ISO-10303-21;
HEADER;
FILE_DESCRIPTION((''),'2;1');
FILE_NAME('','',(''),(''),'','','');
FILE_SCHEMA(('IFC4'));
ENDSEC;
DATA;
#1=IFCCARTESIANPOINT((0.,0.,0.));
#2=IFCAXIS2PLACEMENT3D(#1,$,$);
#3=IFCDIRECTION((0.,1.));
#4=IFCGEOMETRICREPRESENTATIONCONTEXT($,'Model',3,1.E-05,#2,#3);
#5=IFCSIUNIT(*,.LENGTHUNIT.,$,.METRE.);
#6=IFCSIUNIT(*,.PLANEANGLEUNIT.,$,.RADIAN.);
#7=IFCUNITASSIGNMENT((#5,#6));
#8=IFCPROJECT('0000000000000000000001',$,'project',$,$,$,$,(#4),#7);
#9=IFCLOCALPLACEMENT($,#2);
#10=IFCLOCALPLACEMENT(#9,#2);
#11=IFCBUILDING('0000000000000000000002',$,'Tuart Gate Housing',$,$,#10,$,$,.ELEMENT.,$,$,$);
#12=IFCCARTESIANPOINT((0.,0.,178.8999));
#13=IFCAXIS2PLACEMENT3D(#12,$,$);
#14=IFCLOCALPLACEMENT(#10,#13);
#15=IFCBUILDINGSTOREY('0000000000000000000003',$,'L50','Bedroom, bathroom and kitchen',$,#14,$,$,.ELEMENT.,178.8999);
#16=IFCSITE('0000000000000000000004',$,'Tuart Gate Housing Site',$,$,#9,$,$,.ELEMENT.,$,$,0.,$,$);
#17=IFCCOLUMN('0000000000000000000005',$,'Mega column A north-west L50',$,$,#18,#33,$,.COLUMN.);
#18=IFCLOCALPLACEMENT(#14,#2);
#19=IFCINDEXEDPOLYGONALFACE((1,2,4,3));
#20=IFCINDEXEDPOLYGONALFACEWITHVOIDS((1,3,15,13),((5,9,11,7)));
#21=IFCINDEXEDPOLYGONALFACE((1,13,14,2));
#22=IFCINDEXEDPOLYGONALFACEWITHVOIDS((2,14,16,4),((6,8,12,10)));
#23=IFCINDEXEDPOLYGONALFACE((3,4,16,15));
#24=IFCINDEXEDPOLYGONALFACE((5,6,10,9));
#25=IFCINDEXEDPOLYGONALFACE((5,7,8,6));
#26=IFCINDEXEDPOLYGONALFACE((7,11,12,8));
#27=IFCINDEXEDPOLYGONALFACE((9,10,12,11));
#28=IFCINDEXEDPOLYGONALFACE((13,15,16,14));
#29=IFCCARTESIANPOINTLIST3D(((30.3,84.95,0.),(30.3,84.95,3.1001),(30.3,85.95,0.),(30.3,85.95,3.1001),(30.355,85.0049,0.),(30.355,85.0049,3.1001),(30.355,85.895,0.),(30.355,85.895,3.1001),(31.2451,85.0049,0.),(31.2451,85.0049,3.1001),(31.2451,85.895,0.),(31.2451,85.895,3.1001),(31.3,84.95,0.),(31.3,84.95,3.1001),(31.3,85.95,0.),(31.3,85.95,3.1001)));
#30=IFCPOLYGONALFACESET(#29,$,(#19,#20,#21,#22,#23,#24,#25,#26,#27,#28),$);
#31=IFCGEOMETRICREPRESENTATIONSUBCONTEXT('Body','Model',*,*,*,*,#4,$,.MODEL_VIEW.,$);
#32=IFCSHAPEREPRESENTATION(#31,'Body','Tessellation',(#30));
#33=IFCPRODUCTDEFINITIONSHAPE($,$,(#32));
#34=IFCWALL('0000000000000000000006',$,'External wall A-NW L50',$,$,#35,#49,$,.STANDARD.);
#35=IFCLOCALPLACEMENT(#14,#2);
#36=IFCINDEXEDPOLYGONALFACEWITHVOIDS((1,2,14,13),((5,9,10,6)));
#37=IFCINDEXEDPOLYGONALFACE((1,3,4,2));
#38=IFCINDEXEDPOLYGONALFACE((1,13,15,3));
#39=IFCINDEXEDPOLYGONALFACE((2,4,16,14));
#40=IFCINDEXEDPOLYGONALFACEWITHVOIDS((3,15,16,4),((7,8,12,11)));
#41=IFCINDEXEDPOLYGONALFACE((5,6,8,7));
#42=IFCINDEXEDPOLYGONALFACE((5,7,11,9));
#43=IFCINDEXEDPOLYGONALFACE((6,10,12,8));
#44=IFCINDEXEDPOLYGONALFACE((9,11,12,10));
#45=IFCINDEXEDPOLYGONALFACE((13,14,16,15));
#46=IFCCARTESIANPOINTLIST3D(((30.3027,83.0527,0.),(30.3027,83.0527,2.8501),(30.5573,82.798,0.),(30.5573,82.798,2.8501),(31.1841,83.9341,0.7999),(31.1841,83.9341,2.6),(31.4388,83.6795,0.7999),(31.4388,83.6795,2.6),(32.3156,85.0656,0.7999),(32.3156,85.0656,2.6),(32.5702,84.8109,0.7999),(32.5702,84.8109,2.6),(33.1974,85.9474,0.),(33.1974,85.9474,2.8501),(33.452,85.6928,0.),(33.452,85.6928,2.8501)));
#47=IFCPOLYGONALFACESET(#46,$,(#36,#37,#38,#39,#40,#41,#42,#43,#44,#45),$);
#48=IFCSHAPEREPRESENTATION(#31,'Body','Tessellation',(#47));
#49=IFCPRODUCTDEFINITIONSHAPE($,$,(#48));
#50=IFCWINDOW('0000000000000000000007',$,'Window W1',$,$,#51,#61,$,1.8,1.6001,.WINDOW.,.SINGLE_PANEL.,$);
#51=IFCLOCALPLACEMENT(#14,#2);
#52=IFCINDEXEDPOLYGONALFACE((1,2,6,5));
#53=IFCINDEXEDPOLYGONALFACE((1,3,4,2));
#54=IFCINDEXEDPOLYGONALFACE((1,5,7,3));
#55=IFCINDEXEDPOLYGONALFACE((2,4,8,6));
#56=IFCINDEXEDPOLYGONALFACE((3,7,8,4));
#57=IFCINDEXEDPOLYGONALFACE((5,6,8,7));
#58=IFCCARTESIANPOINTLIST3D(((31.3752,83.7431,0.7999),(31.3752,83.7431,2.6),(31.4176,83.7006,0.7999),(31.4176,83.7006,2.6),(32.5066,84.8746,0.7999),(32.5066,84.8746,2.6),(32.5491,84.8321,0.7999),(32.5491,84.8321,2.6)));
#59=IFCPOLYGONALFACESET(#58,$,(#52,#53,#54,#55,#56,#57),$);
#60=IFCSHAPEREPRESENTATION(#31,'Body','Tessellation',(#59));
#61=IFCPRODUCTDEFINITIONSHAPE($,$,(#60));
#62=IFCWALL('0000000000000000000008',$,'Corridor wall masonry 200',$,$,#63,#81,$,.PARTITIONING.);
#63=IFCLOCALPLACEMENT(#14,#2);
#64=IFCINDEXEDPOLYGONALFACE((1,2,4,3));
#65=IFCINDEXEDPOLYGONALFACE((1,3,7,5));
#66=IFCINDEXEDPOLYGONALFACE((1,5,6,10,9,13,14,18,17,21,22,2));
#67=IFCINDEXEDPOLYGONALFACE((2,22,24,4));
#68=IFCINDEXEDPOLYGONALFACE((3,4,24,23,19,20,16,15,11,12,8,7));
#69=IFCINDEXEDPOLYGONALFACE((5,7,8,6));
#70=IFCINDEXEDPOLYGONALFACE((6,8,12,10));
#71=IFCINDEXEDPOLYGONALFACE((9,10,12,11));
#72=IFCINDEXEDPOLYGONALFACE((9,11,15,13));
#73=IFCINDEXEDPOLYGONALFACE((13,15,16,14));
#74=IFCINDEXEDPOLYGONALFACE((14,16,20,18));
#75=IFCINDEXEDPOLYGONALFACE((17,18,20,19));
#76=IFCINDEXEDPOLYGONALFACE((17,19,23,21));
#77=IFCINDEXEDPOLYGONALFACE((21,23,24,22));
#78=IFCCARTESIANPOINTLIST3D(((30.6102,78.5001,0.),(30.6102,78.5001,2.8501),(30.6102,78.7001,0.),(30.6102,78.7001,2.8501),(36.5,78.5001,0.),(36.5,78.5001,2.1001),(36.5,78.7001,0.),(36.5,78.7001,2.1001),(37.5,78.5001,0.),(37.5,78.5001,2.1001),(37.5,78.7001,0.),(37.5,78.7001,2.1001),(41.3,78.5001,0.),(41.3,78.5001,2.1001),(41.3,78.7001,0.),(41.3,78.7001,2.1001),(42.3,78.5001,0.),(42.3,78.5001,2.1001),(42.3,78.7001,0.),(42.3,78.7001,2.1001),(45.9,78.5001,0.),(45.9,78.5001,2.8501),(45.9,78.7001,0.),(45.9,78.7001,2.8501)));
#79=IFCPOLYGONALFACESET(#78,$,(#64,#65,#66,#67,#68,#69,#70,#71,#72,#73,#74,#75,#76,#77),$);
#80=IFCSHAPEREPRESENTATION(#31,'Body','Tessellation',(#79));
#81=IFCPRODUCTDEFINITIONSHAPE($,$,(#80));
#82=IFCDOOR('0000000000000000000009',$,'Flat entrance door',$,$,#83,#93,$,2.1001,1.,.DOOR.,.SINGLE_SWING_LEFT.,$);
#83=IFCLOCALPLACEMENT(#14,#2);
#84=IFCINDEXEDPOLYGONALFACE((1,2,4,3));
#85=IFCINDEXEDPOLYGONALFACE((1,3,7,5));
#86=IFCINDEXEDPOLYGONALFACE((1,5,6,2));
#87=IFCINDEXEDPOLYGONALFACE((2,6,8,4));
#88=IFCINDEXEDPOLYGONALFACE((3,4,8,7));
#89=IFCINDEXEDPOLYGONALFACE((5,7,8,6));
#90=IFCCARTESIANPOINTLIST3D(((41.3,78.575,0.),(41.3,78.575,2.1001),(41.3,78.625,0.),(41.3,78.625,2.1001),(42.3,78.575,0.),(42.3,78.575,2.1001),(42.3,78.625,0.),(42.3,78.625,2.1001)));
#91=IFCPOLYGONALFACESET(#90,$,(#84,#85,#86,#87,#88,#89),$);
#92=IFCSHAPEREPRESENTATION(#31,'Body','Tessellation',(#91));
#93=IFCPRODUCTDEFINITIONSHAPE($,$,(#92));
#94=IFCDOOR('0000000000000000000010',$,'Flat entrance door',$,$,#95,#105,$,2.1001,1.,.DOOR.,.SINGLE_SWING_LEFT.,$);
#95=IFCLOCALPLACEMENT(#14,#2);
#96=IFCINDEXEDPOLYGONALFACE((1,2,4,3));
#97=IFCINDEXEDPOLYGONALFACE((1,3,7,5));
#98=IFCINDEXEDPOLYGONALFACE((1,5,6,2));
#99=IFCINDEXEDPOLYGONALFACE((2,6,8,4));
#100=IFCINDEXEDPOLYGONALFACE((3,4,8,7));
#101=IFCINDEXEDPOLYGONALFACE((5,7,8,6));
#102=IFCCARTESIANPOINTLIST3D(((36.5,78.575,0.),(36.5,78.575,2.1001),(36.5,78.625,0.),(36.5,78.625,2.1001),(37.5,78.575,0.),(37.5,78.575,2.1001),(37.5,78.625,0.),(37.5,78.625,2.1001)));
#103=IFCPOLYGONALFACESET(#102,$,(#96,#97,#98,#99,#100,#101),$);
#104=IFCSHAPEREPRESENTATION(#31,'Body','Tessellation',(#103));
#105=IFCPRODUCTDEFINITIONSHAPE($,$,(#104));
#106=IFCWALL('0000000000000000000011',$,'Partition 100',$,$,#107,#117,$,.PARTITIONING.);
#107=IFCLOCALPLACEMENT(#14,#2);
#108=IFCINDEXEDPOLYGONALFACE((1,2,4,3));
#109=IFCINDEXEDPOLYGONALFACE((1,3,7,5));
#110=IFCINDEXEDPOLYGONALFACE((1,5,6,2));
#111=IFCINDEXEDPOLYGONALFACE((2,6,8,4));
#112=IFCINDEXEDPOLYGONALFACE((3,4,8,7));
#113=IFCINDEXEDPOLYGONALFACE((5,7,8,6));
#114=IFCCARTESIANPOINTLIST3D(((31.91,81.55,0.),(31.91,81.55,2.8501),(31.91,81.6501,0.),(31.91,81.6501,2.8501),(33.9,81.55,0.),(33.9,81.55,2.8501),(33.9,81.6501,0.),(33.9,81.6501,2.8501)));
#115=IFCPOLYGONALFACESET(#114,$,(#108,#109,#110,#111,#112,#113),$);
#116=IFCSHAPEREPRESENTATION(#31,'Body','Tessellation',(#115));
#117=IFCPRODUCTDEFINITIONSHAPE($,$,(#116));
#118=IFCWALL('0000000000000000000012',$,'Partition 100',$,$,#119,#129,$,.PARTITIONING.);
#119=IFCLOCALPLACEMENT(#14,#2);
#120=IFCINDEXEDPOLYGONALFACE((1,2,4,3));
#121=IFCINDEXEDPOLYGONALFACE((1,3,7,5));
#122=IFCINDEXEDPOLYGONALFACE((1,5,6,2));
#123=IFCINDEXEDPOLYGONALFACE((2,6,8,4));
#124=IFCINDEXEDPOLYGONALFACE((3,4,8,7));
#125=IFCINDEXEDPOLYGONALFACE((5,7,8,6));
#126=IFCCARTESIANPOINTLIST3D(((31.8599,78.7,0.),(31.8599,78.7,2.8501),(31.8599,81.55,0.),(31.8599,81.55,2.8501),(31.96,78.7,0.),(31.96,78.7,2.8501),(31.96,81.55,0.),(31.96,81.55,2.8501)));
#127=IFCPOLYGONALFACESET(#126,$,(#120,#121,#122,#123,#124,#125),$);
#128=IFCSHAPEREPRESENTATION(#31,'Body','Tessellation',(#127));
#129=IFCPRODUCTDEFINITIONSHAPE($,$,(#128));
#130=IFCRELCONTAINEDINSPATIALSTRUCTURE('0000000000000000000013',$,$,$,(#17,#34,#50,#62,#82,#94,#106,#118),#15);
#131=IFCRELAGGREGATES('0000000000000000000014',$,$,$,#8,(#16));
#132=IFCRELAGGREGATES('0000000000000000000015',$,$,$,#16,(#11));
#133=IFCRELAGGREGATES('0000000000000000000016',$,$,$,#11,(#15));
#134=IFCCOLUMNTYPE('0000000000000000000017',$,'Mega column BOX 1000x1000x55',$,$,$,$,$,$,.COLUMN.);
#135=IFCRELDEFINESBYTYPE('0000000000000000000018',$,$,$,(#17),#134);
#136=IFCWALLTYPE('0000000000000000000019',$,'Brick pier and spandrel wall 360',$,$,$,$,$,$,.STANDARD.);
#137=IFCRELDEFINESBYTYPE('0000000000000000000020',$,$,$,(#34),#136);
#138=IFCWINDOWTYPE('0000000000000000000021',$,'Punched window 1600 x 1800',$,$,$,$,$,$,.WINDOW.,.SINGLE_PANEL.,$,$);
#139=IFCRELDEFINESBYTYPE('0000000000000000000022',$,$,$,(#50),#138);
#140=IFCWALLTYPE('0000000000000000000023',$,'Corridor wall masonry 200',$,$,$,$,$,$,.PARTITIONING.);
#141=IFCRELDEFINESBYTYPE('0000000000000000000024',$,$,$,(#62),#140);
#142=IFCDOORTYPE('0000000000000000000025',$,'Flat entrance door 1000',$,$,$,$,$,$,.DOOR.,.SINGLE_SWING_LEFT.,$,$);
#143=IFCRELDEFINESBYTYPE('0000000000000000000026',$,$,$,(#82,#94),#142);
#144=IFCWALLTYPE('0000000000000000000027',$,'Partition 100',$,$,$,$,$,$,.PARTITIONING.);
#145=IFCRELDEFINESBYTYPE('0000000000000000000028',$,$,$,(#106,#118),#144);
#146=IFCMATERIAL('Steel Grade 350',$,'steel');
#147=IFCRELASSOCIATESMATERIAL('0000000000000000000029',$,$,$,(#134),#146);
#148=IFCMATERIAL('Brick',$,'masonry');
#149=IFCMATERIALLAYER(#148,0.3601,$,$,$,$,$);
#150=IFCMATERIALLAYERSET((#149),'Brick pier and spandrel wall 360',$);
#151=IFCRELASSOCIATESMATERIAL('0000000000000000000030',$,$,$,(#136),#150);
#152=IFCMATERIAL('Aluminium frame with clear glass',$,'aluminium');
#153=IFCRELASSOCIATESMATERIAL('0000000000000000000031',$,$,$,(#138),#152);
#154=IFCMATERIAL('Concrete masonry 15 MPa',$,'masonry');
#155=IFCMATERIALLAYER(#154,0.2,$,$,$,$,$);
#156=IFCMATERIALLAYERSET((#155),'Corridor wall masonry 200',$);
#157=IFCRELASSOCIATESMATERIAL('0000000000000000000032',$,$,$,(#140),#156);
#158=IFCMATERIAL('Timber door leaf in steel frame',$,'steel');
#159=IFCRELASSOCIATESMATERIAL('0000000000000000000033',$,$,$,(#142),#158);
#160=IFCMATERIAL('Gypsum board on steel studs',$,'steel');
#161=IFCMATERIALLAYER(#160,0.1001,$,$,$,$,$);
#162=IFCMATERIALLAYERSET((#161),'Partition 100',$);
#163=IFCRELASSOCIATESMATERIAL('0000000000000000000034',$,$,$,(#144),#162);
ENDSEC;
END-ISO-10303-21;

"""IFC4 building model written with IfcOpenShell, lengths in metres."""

from ifc_helpers import new_model, si_unit, direction, frame, frame_2d, origin, origin_2d, place, context, subcontext, project, spatial, rectangle, hollow_rectangle, extrude, material, layer, layer_set, material_profile, profile_set, type_object, element, fill, save


model = new_model("IFC4")

# Units and contexts
model_context = context("Model", 3, precision=1e-05, world=origin(), true_north=direction((0.0, 1.0)))
body_context = subcontext(model_context, "Body", "Model", "MODEL_VIEW")
ifc_project = project(units=[si_unit("LENGTHUNIT", "METRE"), si_unit("PLANEANGLEUNIT", "RADIAN")], contexts=[model_context])

# Site, building, storey
site_placement = place(None, origin())
site = spatial("IfcSite", under=ifc_project, at=site_placement, Name="Tuart Gate Housing Site", CompositionType="ELEMENT", RefElevation=0.0)
building_placement = place(site_placement, origin())
building = spatial("IfcBuilding", under=site, at=building_placement, Name="Tuart Gate Housing", CompositionType="ELEMENT")
storey_placement = place(building_placement, frame((0.0, 0.0, 178.8999)))
storey = spatial("IfcBuildingStorey", under=building, at=storey_placement, Name="L50", Description="Bedroom, bathroom and kitchen", CompositionType="ELEMENT", Elevation=178.8999)

# Column
ifc_material_1 = material(Name="Steel Grade 350", Category="steel")
ifc_material_profile = material_profile(ifc_material_1, hollow_rectangle(XDim=1.0, YDim=1.0, WallThickness=0.0549, at=origin_2d()), Name="BOX 1000x1000x55")
ifc_profile_set = profile_set([ifc_material_profile], Name="Steel Grade 350")
column_type = type_object("IfcColumnType", Name="Mega column BOX 1000x1000x55", PredefinedType="COLUMN", material=ifc_profile_set)
column_placement = place(storey_placement, frame((30.8, 85.45, 0.0), z_axis=(0.0, 0.0, 1.0), x_axis=(1.0, 0.0, 0.0)))
element("IfcColumn", 1, at=column_placement, inside=storey, type_object=column_type, Name="Mega column A north-west L50", PredefinedType="COLUMN", context=body_context, shape_type="SweptSolid", body=[
    extrude(hollow_rectangle(XDim=1.0, YDim=1.0, WallThickness=0.0549, at=origin_2d()), origin(), (0.0, 0.0, 1.0), 3.1001),
])

# Wall, opening, window
ifc_material_2 = material(Name="Brick", Category="masonry")
ifc_layer_1 = layer(ifc_material_2, 0.3601)
ifc_layer_set_1 = layer_set([ifc_layer_1], Name="Brick pier and spandrel wall 360")
wall_type_1 = type_object("IfcWallType", Name="Brick pier and spandrel wall 360", PredefinedType="STANDARD", material=ifc_layer_set_1)
wall_1_placement = place(storey_placement, frame((33.3247, 85.8201, 0.0), z_axis=(0.0, 0.0, 1.0), x_axis=(-0.707107, -0.707107, 0.0)))
wall_1 = element("IfcWall", 2, at=wall_1_placement, inside=storey, type_object=wall_type_1, Name="External wall A-NW L50", PredefinedType="STANDARD", context=body_context, shape_type="SweptSolid", body=[
    extrude(rectangle(XDim=4.0938, YDim=0.3601, at=frame_2d((2.0469, 0.0))), origin(), (0.0, 0.0, 1.0), 2.8501),
])
opening_1_placement = place(wall_1_placement, frame((1.2471, 0.0, 0.8)))
opening_1 = element("IfcOpeningElement", 3, at=opening_1_placement, cuts=wall_1, PredefinedType="OPENING", context=body_context, shape_type="SweptSolid", body=[
    extrude(rectangle(XDim=1.6001, YDim=1.8, at=frame_2d((0.8, 0.8999))), frame((0.0, 0.1899, 0.0), z_axis=(0.0, -1.0, 0.0), x_axis=(1.0, 0.0, 0.0)), (0.0, 0.0, 1.0), 0.3801),
])
ifc_material_3 = material(Name="Aluminium frame with clear glass", Category="aluminium")
window_type_1 = type_object("IfcWindowType", Name="Punched window 1600 x 1800", PartitioningType="SINGLE_PANEL", PredefinedType="WINDOW", material=ifc_material_3)
window_1_placement = place(opening_1_placement, origin())
window_1 = element("IfcWindow", 4, at=window_1_placement, inside=storey, type_object=window_type_1, Name="Window W1", OverallHeight=1.8, OverallWidth=1.6001, PartitioningType="SINGLE_PANEL", PredefinedType="WINDOW", context=body_context, shape_type="SweptSolid", body=[
    extrude(rectangle(XDim=1.6001, YDim=1.8, at=frame_2d((0.8, 0.8999))), frame((0.0, 0.1501, 0.0), z_axis=(0.0, -1.0, 0.0), x_axis=(1.0, 0.0, 0.0)), (0.0, 0.0, 1.0), 0.0601),
])
fill(opening_1, window_1)

# Wall, openings, doors
ifc_material_4 = material(Name="Concrete masonry 15 MPa", Category="masonry")
ifc_layer_2 = layer(ifc_material_4, 0.2)
ifc_layer_set_2 = layer_set([ifc_layer_2], Name="Corridor wall masonry 200")
wall_type_2 = type_object("IfcWallType", Name="Corridor wall masonry 200", PredefinedType="PARTITIONING", material=ifc_layer_set_2)
wall_2_placement = place(storey_placement, frame((30.6101, 78.6001, 0.0), z_axis=(0.0, 0.0, 1.0), x_axis=(1.0, 0.0, 0.0)))
wall_2 = element("IfcWall", 5, at=wall_2_placement, inside=storey, type_object=wall_type_2, Name="Corridor wall masonry 200", PredefinedType="PARTITIONING", context=body_context, shape_type="SweptSolid", body=[
    extrude(rectangle(XDim=15.2898, YDim=0.2, at=frame_2d((7.645, 0.0))), origin(), (0.0, 0.0, 1.0), 2.8501),
])
opening_2_placement = place(wall_2_placement, frame((10.6899, 0.0, 0.0)))
opening_2 = element("IfcOpeningElement", 6, at=opening_2_placement, cuts=wall_2, PredefinedType="OPENING", context=body_context, shape_type="SweptSolid", body=[
    extrude(rectangle(XDim=1.0, YDim=2.1001, at=frame_2d((0.5, 1.05))), frame((0.0, 0.1099, 0.0), z_axis=(0.0, -1.0, 0.0), x_axis=(1.0, 0.0, 0.0)), (0.0, 0.0, 1.0), 0.22),
])
opening_3_placement = place(wall_2_placement, frame((5.8899, 0.0, 0.0)))
opening_3 = element("IfcOpeningElement", 7, at=opening_3_placement, cuts=wall_2, PredefinedType="OPENING", context=body_context, shape_type="SweptSolid", body=[
    extrude(rectangle(XDim=1.0, YDim=2.1001, at=frame_2d((0.5, 1.05))), frame((0.0, 0.1099, 0.0), z_axis=(0.0, -1.0, 0.0), x_axis=(1.0, 0.0, 0.0)), (0.0, 0.0, 1.0), 0.22),
])
ifc_material_5 = material(Name="Timber door leaf in steel frame", Category="steel")
door_type = type_object("IfcDoorType", Name="Flat entrance door 1000", OperationType="SINGLE_SWING_LEFT", PredefinedType="DOOR", material=ifc_material_5)
door_1_placement = place(opening_2_placement, origin())
door_1 = element("IfcDoor", 8, at=door_1_placement, inside=storey, type_object=door_type, Name="Flat entrance door", OperationType="SINGLE_SWING_LEFT", OverallHeight=2.1001, OverallWidth=1.0, PredefinedType="DOOR", context=body_context, shape_type="SweptSolid", body=[
    extrude(rectangle(XDim=1.0, YDim=2.1001, at=frame_2d((0.5, 1.05))), frame((0.0, 0.0249, 0.0), z_axis=(0.0, -1.0, 0.0), x_axis=(1.0, 0.0, 0.0)), (0.0, 0.0, 1.0), 0.05),
])
fill(opening_2, door_1)
door_2_placement = place(opening_3_placement, origin())
door_2 = element("IfcDoor", 9, at=door_2_placement, inside=storey, type_object=door_type, Name="Flat entrance door", OperationType="SINGLE_SWING_LEFT", OverallHeight=2.1001, OverallWidth=1.0, PredefinedType="DOOR", context=body_context, shape_type="SweptSolid", body=[
    extrude(rectangle(XDim=1.0, YDim=2.1001, at=frame_2d((0.5, 1.05))), frame((0.0, 0.0249, 0.0), z_axis=(0.0, -1.0, 0.0), x_axis=(1.0, 0.0, 0.0)), (0.0, 0.0, 1.0), 0.05),
])
fill(opening_3, door_2)

# Walls
ifc_material_6 = material(Name="Gypsum board on steel studs", Category="steel")
ifc_layer_3 = layer(ifc_material_6, 0.1001)
ifc_layer_set_3 = layer_set([ifc_layer_3], Name="Partition 100")
wall_type_3 = type_object("IfcWallType", Name="Partition 100", PredefinedType="PARTITIONING", material=ifc_layer_set_3)
wall_3_placement = place(storey_placement, frame((31.9099, 81.6001, 0.0), z_axis=(0.0, 0.0, 1.0), x_axis=(1.0, 0.0, 0.0)))
element("IfcWall", 10, at=wall_3_placement, inside=storey, type_object=wall_type_3, Name="Partition 100", PredefinedType="PARTITIONING", context=body_context, shape_type="SweptSolid", body=[
    extrude(rectangle(XDim=1.99, YDim=0.1001, at=frame_2d((0.9951, 0.0))), origin(), (0.0, 0.0, 1.0), 2.8501),
])
wall_4_placement = place(storey_placement, frame((31.9099, 78.7, 0.0), z_axis=(0.0, 0.0, 1.0), x_axis=(0.0, 1.0, 0.0)))
element("IfcWall", 11, at=wall_4_placement, inside=storey, type_object=wall_type_3, Name="Partition 100", PredefinedType="PARTITIONING", context=body_context, shape_type="SweptSolid", body=[
    extrude(rectangle(XDim=2.8501, YDim=0.1001, at=frame_2d((1.425, 0.0))), origin(), (0.0, 0.0, 1.0), 2.8501),
])

save(model, "model.ifc")
